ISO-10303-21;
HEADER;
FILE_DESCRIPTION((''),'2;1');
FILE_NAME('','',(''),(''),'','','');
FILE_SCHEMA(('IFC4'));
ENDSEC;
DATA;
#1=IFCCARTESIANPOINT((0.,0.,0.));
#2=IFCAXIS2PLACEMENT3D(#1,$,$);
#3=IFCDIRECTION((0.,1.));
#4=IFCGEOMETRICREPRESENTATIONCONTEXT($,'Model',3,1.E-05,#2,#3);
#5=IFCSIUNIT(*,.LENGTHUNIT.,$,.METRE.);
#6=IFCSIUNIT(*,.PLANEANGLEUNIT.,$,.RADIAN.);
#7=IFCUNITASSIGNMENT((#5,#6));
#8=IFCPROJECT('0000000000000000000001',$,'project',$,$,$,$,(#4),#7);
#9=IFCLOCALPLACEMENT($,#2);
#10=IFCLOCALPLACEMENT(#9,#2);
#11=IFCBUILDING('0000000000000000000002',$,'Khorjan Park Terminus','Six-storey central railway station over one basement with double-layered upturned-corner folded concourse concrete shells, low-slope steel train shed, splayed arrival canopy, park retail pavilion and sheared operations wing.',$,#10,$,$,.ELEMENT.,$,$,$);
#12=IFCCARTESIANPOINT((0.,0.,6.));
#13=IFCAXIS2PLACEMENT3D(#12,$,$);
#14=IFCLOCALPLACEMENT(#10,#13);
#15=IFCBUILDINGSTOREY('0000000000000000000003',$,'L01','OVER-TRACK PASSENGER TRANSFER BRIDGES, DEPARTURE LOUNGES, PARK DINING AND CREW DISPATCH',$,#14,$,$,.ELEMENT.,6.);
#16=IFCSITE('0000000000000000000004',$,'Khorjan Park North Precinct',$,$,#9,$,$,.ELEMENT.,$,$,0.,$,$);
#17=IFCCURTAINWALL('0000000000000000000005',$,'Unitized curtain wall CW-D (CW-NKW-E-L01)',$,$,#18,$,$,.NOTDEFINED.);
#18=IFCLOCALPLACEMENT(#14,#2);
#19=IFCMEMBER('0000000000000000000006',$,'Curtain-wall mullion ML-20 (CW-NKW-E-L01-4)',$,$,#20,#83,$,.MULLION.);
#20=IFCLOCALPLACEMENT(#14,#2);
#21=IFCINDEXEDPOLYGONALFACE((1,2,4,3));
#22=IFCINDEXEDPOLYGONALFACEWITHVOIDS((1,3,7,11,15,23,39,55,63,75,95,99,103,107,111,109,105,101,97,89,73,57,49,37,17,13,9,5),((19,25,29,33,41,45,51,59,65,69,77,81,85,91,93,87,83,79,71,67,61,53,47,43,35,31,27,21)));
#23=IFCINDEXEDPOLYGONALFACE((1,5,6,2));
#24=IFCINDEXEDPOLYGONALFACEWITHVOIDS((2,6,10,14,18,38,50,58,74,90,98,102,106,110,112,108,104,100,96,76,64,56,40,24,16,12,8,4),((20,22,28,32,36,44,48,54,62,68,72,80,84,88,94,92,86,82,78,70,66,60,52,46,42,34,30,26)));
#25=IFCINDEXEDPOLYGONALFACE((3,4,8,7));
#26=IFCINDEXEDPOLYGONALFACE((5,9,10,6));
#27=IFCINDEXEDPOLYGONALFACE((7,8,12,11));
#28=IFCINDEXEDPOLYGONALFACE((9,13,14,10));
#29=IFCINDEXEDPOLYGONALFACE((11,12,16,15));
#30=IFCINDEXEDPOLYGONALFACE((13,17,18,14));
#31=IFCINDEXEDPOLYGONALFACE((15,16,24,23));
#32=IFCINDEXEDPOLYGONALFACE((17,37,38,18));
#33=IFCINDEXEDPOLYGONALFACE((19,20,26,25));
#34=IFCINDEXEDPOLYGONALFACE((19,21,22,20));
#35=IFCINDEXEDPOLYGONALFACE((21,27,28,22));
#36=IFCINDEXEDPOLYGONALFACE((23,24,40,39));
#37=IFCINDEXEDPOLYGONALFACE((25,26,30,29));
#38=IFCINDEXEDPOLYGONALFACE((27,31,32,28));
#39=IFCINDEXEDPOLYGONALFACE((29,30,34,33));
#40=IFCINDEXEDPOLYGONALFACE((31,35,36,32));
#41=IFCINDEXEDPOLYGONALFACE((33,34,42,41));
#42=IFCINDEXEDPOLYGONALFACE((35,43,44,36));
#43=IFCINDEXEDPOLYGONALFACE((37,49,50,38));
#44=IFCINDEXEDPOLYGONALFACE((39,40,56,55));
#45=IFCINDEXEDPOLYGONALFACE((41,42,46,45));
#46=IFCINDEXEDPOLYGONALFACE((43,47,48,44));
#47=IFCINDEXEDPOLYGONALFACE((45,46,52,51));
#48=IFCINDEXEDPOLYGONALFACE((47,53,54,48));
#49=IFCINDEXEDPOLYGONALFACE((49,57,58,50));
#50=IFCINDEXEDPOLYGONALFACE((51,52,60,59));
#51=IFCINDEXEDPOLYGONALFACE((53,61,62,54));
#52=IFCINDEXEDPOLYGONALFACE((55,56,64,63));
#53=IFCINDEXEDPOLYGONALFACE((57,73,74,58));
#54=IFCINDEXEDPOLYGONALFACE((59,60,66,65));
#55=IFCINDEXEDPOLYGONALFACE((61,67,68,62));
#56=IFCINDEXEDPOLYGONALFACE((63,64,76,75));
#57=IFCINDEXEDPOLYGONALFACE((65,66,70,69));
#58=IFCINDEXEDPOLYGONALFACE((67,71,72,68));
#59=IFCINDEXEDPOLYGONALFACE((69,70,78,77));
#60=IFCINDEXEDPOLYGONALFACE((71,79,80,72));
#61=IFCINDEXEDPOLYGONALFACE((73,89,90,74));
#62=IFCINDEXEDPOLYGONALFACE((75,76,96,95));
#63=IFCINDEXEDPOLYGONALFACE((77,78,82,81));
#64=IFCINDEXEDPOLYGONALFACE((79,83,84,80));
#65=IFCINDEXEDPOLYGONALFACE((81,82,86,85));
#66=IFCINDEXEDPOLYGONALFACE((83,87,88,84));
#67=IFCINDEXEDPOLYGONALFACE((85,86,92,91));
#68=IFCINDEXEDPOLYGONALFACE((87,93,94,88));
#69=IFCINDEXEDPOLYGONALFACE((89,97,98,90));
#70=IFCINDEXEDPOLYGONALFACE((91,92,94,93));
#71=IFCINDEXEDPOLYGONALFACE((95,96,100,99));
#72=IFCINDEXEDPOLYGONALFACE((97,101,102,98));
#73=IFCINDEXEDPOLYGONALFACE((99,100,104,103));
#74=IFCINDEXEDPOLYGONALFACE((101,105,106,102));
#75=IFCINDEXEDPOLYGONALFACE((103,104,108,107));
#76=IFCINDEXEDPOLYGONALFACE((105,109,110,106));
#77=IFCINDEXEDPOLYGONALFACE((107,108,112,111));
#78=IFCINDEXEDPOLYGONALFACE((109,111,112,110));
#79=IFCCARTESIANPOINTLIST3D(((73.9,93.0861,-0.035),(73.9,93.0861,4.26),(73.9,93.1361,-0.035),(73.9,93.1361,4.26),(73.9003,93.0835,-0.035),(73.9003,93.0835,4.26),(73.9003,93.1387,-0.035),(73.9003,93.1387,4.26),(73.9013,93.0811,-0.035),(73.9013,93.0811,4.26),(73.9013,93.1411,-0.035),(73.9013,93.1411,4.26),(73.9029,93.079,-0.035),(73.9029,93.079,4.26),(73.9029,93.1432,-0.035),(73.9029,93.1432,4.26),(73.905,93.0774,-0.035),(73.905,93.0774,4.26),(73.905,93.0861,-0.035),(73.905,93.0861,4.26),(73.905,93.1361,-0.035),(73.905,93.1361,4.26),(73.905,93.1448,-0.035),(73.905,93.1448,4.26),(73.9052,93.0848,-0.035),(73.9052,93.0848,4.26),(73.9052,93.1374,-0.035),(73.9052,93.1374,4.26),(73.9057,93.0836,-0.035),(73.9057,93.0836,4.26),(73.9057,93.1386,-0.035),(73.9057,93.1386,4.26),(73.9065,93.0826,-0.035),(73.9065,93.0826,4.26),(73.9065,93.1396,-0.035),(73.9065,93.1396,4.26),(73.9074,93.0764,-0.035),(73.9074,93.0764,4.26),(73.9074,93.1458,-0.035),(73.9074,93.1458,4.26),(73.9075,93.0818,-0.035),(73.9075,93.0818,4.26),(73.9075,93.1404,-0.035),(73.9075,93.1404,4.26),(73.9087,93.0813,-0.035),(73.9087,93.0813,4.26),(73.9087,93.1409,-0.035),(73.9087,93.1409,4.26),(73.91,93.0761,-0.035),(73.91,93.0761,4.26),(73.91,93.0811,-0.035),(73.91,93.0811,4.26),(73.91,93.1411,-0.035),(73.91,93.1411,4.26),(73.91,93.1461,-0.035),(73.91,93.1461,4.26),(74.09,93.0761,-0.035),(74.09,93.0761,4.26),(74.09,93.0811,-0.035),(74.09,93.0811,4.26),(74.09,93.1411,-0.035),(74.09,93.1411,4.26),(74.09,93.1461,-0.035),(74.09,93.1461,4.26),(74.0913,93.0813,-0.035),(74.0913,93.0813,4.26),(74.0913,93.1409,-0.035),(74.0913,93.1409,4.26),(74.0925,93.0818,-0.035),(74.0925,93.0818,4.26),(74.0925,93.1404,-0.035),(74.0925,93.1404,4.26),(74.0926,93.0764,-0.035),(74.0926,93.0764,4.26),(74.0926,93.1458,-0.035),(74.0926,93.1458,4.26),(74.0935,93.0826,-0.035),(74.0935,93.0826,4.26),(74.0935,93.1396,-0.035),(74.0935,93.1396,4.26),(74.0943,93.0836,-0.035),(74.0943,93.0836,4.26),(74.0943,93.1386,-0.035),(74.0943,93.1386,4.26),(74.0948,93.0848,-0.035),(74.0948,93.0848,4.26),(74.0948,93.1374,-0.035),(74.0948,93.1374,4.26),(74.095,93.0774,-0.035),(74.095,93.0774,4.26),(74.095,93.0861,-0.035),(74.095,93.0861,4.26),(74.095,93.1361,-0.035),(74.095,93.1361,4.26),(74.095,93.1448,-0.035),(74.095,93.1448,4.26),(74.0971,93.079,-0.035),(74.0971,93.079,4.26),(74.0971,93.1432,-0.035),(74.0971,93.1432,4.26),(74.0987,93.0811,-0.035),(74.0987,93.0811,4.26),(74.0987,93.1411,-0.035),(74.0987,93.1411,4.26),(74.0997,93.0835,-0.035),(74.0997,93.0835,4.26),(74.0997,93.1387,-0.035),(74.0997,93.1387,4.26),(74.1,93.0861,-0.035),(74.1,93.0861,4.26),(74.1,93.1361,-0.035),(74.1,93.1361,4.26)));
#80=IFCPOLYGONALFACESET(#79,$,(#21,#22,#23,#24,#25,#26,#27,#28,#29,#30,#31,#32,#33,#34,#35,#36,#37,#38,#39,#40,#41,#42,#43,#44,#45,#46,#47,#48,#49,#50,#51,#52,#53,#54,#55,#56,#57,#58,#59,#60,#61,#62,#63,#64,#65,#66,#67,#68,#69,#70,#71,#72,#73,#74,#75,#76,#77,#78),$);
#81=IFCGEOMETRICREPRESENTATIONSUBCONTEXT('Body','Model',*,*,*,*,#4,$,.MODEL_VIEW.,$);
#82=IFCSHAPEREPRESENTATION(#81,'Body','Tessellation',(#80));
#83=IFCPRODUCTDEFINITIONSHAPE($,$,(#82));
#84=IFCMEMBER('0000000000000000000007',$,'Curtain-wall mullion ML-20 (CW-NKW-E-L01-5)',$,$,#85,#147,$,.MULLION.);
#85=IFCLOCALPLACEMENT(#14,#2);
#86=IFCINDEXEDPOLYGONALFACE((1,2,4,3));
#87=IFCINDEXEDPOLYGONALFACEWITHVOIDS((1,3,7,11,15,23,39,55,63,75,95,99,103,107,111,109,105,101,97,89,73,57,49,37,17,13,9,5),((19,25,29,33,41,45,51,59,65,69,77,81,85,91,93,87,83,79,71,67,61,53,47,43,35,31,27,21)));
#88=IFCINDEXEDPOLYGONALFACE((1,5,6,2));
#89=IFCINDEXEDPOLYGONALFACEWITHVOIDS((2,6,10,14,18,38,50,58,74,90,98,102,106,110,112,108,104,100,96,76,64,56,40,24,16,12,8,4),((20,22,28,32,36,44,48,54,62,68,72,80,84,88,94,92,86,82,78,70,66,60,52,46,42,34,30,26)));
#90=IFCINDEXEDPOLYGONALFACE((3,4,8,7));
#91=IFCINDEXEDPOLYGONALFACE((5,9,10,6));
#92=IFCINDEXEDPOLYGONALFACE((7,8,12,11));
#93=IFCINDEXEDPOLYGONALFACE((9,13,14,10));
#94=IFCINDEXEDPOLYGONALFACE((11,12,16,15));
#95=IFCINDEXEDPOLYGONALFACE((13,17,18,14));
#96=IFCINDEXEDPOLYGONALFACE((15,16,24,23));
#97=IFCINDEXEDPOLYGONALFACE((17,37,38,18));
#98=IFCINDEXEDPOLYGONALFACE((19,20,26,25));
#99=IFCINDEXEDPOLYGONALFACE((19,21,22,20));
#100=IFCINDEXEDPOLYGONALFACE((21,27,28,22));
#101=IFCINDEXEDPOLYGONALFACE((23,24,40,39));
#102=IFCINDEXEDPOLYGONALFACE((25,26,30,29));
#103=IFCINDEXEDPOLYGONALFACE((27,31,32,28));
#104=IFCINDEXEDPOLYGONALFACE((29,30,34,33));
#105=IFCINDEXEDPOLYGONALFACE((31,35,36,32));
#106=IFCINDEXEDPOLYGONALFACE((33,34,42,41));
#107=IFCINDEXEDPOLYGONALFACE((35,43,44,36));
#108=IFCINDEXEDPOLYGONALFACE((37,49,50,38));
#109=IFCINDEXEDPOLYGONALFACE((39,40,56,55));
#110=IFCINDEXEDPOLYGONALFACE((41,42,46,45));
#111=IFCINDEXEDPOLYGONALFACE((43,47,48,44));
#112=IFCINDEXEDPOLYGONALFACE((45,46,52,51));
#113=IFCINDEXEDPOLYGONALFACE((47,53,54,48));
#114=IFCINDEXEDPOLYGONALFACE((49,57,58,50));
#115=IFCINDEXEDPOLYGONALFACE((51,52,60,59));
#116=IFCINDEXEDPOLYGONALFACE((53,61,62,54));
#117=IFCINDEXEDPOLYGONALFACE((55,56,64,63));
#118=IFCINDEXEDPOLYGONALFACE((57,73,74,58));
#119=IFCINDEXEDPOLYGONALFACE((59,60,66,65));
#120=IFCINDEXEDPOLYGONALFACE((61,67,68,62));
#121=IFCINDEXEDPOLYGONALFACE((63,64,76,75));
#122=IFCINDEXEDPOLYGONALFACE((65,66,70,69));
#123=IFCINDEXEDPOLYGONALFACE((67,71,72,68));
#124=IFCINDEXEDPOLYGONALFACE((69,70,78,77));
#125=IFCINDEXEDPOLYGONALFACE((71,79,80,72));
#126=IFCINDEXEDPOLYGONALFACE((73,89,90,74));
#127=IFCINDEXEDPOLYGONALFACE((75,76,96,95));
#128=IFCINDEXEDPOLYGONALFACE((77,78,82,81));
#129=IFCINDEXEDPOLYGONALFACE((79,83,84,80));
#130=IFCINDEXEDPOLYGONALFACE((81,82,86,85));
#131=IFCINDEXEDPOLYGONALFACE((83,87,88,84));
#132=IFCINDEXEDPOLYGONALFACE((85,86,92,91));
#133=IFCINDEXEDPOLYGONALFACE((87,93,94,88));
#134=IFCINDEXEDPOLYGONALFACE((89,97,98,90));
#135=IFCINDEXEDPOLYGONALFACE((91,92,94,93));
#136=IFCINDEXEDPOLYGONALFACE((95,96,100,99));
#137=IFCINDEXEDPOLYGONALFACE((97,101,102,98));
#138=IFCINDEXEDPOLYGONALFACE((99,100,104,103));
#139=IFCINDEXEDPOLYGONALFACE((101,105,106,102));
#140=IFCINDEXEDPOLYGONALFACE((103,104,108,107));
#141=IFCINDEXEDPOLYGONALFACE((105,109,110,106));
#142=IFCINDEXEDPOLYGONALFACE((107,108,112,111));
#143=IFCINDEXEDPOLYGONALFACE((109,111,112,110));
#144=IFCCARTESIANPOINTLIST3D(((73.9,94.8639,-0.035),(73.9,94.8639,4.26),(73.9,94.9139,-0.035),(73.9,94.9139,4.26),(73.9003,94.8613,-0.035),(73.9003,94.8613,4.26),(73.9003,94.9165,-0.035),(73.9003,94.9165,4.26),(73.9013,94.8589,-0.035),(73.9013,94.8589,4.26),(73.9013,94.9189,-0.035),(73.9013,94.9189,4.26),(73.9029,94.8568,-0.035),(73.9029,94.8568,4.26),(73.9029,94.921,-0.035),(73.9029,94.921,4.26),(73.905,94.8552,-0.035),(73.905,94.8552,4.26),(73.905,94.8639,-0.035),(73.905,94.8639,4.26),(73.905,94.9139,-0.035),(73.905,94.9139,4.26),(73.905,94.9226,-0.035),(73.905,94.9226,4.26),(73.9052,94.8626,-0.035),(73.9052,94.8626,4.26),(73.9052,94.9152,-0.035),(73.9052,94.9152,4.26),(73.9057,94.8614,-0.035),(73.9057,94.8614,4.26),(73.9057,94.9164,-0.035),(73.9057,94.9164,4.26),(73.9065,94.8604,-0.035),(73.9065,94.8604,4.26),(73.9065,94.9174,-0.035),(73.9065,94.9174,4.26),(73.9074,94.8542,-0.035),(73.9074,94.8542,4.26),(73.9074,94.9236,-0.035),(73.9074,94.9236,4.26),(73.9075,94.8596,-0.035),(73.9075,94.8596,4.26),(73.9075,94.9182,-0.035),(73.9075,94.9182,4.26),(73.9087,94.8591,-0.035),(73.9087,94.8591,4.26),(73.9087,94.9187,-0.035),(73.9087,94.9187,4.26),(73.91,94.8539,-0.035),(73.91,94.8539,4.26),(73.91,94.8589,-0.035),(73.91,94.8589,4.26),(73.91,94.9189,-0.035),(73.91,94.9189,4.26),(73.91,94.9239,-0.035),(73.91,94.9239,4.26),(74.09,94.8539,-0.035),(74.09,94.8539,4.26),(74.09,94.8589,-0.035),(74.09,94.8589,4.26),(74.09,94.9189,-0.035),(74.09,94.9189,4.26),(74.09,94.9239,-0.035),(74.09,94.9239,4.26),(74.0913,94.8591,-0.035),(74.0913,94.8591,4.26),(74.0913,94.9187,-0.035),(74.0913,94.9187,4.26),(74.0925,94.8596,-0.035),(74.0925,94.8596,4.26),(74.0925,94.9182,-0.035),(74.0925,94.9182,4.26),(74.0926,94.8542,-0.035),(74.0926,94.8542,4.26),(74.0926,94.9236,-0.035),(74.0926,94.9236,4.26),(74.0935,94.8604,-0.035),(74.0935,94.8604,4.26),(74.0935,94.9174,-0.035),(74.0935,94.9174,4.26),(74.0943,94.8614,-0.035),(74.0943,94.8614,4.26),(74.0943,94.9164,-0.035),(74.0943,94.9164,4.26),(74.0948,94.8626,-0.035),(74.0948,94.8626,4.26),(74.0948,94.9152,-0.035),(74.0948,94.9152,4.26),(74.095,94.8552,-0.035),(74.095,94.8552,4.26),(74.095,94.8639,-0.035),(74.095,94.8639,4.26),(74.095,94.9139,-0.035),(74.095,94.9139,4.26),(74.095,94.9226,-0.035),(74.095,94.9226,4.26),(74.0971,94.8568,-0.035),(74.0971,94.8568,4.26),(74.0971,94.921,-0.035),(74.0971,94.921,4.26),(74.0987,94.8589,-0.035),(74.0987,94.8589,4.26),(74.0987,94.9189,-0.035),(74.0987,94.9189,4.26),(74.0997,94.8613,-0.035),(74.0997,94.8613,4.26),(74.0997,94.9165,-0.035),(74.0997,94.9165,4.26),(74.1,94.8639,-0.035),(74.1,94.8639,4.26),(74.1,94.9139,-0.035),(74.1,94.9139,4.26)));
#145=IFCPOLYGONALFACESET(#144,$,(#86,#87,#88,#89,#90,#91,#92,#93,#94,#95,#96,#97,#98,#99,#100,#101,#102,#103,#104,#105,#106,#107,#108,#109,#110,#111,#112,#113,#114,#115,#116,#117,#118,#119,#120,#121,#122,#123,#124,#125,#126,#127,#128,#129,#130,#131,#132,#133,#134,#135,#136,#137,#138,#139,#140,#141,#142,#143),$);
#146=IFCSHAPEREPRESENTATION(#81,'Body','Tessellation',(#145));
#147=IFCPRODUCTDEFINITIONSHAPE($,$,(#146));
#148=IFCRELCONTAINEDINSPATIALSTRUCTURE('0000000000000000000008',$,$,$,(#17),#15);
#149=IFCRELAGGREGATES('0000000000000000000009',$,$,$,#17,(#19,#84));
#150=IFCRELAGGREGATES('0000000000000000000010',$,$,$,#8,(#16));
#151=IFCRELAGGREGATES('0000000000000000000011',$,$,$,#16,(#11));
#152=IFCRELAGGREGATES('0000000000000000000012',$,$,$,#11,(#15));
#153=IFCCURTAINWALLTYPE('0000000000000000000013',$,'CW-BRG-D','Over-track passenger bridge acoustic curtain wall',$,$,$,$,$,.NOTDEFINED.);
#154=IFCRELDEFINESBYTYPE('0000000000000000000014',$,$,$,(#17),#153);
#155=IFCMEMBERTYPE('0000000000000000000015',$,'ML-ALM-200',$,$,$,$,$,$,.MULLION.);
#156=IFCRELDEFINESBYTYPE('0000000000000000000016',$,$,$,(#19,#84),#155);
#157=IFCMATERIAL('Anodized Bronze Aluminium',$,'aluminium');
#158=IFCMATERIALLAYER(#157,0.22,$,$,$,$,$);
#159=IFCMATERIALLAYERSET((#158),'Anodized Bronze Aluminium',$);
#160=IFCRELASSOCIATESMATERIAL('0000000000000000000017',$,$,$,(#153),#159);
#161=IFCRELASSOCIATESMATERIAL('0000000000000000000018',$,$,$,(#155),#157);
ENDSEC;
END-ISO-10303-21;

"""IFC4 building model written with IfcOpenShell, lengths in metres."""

from ifc_helpers import new_model, si_unit, direction, frame, origin, origin_2d, place, context, subcontext, project, spatial, hollow_rectangle, extrude, material, layer, layer_set, material_profile, profile_set, type_object, element, aggregate, save


model = new_model("IFC4")

# Units and contexts
model_context = context("Model", 3, precision=1e-05, world=origin(), true_north=direction((0.0, 1.0)))
body_context = subcontext(model_context, "Body", "Model", "MODEL_VIEW")
ifc_project = project(units=[si_unit("LENGTHUNIT", "METRE"), si_unit("PLANEANGLEUNIT", "RADIAN")], contexts=[model_context])

# Site, building, storey
site_placement = place(None, origin())
site = spatial("IfcSite", under=ifc_project, at=site_placement, Name="Khorjan Park North Precinct", CompositionType="ELEMENT", RefElevation=0.0)
building_placement = place(site_placement, origin())
building = spatial("IfcBuilding", under=site, at=building_placement, Name="Khorjan Park Terminus", Description="Six-storey central railway station over one basement with double-layered upturned-corner folded concourse concrete shells, low-slope steel train shed, splayed arrival canopy, park retail pavilion and sheared operations wing.", CompositionType="ELEMENT")
storey_placement = place(building_placement, frame((0.0, 0.0, 6.0)))
storey = spatial("IfcBuildingStorey", under=building, at=storey_placement, Name="L01", Description="OVER-TRACK PASSENGER TRANSFER BRIDGES, DEPARTURE LOUNGES, PARK DINING AND CREW DISPATCH", CompositionType="ELEMENT", Elevation=6.0)

# Curtain wall, members
ifc_material_1 = material(Name="Anodized Bronze Aluminium", Category="aluminium")
ifc_layer_1 = layer(ifc_material_1, 0.22)
ifc_layer_set_1 = layer_set([ifc_layer_1], Name="Anodized Bronze Aluminium")
curtain_wall_type = type_object("IfcCurtainWallType", Name="CW-BRG-D", Description="Over-track passenger bridge acoustic curtain wall", PredefinedType="NOTDEFINED", material=ifc_layer_set_1)
curtain_wall_placement = place(storey_placement, origin())
curtain_wall = element("IfcCurtainWall", 1, at=curtain_wall_placement, inside=storey, type_object=curtain_wall_type, Name="Unitized curtain wall CW-D (CW-NKW-E-L01)", PredefinedType="NOTDEFINED")
ifc_material_profile_1 = material_profile(ifc_material_1, hollow_rectangle(XDim=0.07, YDim=0.2, WallThickness=0.005, InnerFilletRadius=0.005, OuterFilletRadius=0.01, at=origin_2d()), Name="ALM 70x200x5")
ifc_profile_set_1 = profile_set([ifc_material_profile_1], Name="Anodized Bronze Aluminium")
member_type_1 = type_object("IfcMemberType", Name="ML-ALM-200", PredefinedType="MULLION", material=ifc_profile_set_1)
member_1_placement = place(storey_placement, frame((74.0, 93.1111, -0.035), z_axis=(0.0, 0.0, 1.0), x_axis=(0.0, 1.0, 0.0)))
member_1 = element("IfcMember", 2, at=member_1_placement, type_object=member_type_1, Name="Curtain-wall mullion ML-20 (CW-NKW-E-L01-4)", PredefinedType="MULLION", context=body_context, shape_type="SweptSolid", body=[
    extrude(hollow_rectangle(XDim=0.07, YDim=0.2, WallThickness=0.005, InnerFilletRadius=0.005, OuterFilletRadius=0.01, at=origin_2d()), origin(), (0.0, 0.0, 1.0), 4.295),
])
member_2_placement = place(storey_placement, frame((74.0, 94.8889, -0.035), z_axis=(0.0, 0.0, 1.0), x_axis=(0.0, 1.0, 0.0)))
member_2 = element("IfcMember", 3, at=member_2_placement, type_object=member_type_1, Name="Curtain-wall mullion ML-20 (CW-NKW-E-L01-5)", PredefinedType="MULLION", context=body_context, shape_type="SweptSolid", body=[
    extrude(hollow_rectangle(XDim=0.07, YDim=0.2, WallThickness=0.005, InnerFilletRadius=0.005, OuterFilletRadius=0.01, at=origin_2d()), origin(), (0.0, 0.0, 1.0), 4.295),
])
aggregate(curtain_wall, [member_1, member_2])

save(model, "model.ifc")
